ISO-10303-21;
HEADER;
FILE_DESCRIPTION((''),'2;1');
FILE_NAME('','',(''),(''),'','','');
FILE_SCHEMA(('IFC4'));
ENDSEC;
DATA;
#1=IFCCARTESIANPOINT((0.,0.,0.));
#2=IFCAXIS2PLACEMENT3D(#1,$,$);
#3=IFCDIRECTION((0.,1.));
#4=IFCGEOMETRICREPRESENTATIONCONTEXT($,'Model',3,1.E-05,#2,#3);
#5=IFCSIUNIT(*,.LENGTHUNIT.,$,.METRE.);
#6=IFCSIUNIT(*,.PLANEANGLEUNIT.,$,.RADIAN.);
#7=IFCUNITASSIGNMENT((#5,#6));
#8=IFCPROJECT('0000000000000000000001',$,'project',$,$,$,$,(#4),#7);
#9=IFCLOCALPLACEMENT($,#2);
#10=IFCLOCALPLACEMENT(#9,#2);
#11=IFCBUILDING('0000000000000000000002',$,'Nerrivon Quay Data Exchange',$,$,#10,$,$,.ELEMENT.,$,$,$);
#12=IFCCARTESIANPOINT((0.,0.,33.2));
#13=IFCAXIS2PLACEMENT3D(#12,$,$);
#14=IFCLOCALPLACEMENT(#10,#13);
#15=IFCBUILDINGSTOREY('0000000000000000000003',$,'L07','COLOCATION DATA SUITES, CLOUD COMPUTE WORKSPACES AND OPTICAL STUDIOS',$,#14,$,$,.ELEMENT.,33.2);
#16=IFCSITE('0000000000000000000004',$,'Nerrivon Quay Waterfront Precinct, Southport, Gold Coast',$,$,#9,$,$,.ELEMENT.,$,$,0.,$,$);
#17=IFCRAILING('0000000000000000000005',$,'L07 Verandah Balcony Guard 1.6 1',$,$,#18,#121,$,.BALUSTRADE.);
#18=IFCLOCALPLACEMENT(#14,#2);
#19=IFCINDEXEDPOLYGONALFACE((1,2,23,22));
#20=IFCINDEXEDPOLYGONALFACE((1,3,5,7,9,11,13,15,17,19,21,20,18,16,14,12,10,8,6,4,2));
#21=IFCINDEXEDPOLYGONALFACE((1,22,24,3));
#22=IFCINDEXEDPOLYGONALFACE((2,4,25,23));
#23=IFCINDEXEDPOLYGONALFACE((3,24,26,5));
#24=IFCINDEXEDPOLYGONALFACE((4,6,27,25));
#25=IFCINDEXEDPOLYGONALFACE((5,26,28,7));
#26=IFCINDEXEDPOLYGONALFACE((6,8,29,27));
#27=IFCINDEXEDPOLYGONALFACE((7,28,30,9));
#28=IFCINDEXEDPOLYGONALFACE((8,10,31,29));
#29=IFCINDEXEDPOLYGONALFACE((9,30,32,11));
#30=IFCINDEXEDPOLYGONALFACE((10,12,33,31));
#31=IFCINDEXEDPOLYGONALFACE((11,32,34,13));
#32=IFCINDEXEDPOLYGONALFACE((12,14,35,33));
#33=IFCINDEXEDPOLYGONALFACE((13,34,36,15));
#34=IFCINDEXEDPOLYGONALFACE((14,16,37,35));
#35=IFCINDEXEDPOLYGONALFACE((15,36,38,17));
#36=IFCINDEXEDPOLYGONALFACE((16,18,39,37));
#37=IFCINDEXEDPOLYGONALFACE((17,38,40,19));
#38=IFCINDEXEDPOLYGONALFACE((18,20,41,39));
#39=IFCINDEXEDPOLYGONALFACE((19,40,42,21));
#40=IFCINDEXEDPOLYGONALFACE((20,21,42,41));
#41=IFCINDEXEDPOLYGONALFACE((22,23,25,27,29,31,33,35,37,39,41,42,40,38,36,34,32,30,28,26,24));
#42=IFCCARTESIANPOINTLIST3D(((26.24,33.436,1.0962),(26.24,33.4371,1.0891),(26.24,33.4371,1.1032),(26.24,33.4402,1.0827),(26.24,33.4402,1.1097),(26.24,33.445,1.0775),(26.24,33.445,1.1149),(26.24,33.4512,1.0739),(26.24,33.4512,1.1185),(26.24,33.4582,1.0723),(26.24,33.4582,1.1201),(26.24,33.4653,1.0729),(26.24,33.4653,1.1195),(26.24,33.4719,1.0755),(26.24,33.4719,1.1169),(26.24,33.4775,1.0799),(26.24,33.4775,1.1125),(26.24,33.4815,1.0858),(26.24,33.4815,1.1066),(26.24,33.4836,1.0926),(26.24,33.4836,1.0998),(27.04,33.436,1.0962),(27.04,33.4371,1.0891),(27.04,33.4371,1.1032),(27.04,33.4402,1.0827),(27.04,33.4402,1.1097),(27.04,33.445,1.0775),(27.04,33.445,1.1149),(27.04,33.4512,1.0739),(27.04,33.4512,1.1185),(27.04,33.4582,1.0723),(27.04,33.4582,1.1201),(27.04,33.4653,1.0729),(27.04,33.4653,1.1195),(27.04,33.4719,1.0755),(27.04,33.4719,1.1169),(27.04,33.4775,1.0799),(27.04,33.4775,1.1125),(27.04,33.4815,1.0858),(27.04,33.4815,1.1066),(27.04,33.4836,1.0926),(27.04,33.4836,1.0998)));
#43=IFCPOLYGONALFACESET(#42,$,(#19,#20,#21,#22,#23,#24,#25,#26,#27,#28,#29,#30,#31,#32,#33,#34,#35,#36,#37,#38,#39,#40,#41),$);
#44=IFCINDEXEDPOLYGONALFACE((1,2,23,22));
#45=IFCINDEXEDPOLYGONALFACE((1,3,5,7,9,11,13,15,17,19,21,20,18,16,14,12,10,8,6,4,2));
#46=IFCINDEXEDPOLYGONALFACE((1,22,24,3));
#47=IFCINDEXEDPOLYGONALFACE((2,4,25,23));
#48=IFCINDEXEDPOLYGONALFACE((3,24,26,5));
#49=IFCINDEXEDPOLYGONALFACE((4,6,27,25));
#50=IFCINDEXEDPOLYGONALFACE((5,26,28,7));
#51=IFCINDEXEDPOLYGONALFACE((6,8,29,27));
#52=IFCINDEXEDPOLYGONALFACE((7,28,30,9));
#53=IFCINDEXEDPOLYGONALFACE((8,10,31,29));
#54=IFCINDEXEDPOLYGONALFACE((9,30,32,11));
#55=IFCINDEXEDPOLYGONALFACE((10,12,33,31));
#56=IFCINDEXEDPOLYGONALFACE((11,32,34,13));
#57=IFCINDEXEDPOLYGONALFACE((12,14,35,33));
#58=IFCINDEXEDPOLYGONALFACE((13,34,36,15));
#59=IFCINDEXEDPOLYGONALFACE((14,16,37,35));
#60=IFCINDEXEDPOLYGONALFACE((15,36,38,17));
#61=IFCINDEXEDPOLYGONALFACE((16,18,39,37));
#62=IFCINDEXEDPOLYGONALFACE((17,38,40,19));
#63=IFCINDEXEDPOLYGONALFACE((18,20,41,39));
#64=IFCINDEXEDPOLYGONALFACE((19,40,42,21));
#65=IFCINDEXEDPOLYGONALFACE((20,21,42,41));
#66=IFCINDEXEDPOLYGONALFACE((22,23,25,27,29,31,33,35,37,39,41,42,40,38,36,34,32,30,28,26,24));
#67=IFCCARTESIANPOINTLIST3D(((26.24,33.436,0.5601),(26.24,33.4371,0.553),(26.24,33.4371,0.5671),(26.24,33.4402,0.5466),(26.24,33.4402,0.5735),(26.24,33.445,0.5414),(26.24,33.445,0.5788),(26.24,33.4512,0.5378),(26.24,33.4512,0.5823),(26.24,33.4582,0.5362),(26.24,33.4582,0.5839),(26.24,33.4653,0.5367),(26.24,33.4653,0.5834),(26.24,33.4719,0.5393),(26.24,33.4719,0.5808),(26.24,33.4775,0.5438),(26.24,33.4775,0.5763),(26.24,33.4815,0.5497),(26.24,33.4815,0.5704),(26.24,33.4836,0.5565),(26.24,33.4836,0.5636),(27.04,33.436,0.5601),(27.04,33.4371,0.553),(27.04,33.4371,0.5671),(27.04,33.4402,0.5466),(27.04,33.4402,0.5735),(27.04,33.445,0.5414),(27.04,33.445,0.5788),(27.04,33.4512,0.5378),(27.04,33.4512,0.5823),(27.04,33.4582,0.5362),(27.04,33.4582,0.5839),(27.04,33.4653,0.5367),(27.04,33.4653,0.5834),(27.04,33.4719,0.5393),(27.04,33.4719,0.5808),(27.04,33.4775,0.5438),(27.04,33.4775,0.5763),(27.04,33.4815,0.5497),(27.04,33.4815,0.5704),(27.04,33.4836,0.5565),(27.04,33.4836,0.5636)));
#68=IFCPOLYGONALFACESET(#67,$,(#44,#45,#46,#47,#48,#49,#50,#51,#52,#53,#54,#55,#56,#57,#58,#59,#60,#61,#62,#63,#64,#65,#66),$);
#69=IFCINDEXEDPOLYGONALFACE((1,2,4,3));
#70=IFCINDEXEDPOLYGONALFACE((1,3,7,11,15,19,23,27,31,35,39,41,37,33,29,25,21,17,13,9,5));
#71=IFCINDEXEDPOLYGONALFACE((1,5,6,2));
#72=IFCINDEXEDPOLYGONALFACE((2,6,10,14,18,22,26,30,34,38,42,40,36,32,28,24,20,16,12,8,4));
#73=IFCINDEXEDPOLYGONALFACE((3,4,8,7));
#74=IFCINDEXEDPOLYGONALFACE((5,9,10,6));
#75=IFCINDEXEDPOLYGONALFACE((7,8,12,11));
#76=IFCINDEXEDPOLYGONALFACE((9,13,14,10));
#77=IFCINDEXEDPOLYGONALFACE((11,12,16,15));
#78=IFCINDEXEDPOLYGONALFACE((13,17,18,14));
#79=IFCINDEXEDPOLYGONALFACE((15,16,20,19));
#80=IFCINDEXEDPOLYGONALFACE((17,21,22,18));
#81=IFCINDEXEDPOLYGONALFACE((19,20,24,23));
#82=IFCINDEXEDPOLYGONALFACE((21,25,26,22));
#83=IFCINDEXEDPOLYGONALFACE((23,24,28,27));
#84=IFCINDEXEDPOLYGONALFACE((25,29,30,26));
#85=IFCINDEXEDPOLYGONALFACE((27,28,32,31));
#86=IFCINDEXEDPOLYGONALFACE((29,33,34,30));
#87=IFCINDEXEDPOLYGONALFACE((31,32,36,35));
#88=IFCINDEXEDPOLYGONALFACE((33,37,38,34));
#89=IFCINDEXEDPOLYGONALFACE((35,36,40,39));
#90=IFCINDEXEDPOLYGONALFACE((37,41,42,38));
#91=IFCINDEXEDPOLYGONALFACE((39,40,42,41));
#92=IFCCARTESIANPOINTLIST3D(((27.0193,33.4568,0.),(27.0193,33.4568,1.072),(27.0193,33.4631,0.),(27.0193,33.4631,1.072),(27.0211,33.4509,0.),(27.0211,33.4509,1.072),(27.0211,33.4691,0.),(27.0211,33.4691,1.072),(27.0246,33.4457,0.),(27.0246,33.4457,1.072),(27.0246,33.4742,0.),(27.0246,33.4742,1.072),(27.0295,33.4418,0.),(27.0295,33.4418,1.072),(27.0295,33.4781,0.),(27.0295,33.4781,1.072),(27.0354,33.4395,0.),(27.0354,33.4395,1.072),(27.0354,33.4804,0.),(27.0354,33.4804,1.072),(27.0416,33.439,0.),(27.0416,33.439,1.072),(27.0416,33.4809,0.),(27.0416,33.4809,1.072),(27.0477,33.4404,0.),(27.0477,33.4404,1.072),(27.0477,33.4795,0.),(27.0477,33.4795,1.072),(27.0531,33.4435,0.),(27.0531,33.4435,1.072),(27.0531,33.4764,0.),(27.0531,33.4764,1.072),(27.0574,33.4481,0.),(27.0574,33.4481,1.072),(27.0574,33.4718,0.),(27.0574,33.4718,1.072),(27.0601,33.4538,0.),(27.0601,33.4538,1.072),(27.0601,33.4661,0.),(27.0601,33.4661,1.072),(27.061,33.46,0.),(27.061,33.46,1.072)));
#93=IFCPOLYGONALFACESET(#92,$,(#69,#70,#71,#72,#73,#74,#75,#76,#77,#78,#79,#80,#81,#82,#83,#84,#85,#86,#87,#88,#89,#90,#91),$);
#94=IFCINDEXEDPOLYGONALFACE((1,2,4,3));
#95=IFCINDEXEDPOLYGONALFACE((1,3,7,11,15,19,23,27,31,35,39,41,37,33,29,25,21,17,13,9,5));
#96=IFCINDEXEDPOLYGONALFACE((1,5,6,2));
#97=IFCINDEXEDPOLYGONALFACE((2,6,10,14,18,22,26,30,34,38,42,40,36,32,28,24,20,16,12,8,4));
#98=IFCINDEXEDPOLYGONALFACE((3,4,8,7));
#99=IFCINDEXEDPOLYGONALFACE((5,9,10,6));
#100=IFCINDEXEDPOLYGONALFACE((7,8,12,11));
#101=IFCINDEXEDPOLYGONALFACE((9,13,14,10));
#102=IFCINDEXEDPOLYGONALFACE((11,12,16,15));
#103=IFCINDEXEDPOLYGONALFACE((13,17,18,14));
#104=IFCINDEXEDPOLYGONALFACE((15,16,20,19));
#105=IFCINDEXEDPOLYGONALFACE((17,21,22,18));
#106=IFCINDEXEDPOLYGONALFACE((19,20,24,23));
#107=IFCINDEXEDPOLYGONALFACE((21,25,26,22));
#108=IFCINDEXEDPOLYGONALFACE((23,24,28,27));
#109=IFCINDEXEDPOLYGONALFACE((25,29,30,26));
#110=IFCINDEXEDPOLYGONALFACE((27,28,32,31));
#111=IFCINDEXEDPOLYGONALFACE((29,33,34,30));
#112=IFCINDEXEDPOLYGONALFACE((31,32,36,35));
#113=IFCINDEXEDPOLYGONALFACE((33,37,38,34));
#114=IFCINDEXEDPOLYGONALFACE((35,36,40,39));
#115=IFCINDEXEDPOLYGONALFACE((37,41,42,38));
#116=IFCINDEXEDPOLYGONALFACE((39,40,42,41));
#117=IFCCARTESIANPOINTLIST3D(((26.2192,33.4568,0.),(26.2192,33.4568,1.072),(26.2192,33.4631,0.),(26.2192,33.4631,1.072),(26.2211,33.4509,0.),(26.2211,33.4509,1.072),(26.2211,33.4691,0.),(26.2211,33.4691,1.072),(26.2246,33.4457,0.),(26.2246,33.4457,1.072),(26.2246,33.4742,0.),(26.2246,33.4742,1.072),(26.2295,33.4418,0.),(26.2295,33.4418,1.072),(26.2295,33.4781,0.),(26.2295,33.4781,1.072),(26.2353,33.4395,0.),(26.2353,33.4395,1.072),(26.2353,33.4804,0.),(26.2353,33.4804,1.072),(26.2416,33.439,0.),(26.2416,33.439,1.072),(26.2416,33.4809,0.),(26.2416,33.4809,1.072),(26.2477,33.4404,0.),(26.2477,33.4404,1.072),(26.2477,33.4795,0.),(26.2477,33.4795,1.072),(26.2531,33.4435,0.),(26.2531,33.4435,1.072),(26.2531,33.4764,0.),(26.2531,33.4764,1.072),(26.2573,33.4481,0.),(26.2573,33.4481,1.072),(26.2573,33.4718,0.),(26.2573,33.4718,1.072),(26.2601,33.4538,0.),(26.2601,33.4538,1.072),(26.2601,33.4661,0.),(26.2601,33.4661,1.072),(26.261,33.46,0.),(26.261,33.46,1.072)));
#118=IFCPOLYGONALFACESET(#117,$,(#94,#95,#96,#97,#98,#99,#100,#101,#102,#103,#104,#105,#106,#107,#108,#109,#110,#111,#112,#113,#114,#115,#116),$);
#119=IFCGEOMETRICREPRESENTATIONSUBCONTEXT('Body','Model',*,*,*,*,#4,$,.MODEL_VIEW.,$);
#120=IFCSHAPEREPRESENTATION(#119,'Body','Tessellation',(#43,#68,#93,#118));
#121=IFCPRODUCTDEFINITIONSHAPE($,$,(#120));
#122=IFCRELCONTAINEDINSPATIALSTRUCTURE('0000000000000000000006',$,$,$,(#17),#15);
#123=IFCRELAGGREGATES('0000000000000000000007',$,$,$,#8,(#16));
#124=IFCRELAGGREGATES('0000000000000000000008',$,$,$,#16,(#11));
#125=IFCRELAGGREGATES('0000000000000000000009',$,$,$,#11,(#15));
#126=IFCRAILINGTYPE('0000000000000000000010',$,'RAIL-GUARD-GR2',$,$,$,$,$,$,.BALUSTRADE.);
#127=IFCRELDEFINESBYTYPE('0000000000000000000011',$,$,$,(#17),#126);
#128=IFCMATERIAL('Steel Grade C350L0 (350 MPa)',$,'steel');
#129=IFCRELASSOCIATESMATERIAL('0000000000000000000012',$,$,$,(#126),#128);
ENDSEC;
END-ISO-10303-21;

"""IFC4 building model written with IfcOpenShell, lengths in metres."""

from ifc_helpers import new_model, si_unit, direction, frame, origin, origin_2d, place, context, subcontext, project, spatial, circle, extrude, material, type_object, element, save


model = new_model("IFC4")

# Units and contexts
model_context = context("Model", 3, precision=1e-05, world=origin(), true_north=direction((0.0, 1.0)))
body_context = subcontext(model_context, "Body", "Model", "MODEL_VIEW")
ifc_project = project(units=[si_unit("LENGTHUNIT", "METRE"), si_unit("PLANEANGLEUNIT", "RADIAN")], contexts=[model_context])

# Site, building, storey
site_placement = place(None, origin())
site = spatial("IfcSite", under=ifc_project, at=site_placement, Name="Nerrivon Quay Waterfront Precinct, Southport, Gold Coast", CompositionType="ELEMENT", RefElevation=0.0)
building_placement = place(site_placement, origin())
building = spatial("IfcBuilding", under=site, at=building_placement, Name="Nerrivon Quay Data Exchange", CompositionType="ELEMENT")
storey_placement = place(building_placement, frame((0.0, 0.0, 33.2)))
storey = spatial("IfcBuildingStorey", under=building, at=storey_placement, Name="L07", Description="COLOCATION DATA SUITES, CLOUD COMPUTE WORKSPACES AND OPTICAL STUDIOS", CompositionType="ELEMENT", Elevation=33.2)

# Railing
ifc_material_1 = material(Name="Steel Grade C350L0 (350 MPa)", Category="steel")
railing_type = type_object("IfcRailingType", Name="RAIL-GUARD-GR2", PredefinedType="BALUSTRADE", material=ifc_material_1)
railing_1_placement = place(storey_placement, frame((27.04, 33.46, 0.0)))
element("IfcRailing", 1, at=railing_1_placement, inside=storey, type_object=railing_type, Name="L07 Verandah Balcony Guard 1.6 1", PredefinedType="BALUSTRADE", context=body_context, shape_type="SweptSolid", body=[
    extrude(circle(Radius=0.0239, at=origin_2d()), frame((0.0, 0.0, 1.0962), z_axis=(-1.0, 0.0, 0.0), x_axis=(0.0, -1.0, 0.0)), (0.0, 0.0, 1.0), 0.8),
    extrude(circle(Radius=0.0239, at=origin_2d()), frame((0.0, 0.0, 0.5601), z_axis=(-1.0, 0.0, 0.0), x_axis=(0.0, -1.0, 0.0)), (0.0, 0.0, 1.0), 0.8),
    extrude(circle(Radius=0.021, at=origin_2d()), origin(), (0.0, 0.0, 1.0), 1.072),
    extrude(circle(Radius=0.021, at=origin_2d()), frame((-0.8, 0.0, 0.0)), (0.0, 0.0, 1.0), 1.072),
])

save(model, "model.ifc")
